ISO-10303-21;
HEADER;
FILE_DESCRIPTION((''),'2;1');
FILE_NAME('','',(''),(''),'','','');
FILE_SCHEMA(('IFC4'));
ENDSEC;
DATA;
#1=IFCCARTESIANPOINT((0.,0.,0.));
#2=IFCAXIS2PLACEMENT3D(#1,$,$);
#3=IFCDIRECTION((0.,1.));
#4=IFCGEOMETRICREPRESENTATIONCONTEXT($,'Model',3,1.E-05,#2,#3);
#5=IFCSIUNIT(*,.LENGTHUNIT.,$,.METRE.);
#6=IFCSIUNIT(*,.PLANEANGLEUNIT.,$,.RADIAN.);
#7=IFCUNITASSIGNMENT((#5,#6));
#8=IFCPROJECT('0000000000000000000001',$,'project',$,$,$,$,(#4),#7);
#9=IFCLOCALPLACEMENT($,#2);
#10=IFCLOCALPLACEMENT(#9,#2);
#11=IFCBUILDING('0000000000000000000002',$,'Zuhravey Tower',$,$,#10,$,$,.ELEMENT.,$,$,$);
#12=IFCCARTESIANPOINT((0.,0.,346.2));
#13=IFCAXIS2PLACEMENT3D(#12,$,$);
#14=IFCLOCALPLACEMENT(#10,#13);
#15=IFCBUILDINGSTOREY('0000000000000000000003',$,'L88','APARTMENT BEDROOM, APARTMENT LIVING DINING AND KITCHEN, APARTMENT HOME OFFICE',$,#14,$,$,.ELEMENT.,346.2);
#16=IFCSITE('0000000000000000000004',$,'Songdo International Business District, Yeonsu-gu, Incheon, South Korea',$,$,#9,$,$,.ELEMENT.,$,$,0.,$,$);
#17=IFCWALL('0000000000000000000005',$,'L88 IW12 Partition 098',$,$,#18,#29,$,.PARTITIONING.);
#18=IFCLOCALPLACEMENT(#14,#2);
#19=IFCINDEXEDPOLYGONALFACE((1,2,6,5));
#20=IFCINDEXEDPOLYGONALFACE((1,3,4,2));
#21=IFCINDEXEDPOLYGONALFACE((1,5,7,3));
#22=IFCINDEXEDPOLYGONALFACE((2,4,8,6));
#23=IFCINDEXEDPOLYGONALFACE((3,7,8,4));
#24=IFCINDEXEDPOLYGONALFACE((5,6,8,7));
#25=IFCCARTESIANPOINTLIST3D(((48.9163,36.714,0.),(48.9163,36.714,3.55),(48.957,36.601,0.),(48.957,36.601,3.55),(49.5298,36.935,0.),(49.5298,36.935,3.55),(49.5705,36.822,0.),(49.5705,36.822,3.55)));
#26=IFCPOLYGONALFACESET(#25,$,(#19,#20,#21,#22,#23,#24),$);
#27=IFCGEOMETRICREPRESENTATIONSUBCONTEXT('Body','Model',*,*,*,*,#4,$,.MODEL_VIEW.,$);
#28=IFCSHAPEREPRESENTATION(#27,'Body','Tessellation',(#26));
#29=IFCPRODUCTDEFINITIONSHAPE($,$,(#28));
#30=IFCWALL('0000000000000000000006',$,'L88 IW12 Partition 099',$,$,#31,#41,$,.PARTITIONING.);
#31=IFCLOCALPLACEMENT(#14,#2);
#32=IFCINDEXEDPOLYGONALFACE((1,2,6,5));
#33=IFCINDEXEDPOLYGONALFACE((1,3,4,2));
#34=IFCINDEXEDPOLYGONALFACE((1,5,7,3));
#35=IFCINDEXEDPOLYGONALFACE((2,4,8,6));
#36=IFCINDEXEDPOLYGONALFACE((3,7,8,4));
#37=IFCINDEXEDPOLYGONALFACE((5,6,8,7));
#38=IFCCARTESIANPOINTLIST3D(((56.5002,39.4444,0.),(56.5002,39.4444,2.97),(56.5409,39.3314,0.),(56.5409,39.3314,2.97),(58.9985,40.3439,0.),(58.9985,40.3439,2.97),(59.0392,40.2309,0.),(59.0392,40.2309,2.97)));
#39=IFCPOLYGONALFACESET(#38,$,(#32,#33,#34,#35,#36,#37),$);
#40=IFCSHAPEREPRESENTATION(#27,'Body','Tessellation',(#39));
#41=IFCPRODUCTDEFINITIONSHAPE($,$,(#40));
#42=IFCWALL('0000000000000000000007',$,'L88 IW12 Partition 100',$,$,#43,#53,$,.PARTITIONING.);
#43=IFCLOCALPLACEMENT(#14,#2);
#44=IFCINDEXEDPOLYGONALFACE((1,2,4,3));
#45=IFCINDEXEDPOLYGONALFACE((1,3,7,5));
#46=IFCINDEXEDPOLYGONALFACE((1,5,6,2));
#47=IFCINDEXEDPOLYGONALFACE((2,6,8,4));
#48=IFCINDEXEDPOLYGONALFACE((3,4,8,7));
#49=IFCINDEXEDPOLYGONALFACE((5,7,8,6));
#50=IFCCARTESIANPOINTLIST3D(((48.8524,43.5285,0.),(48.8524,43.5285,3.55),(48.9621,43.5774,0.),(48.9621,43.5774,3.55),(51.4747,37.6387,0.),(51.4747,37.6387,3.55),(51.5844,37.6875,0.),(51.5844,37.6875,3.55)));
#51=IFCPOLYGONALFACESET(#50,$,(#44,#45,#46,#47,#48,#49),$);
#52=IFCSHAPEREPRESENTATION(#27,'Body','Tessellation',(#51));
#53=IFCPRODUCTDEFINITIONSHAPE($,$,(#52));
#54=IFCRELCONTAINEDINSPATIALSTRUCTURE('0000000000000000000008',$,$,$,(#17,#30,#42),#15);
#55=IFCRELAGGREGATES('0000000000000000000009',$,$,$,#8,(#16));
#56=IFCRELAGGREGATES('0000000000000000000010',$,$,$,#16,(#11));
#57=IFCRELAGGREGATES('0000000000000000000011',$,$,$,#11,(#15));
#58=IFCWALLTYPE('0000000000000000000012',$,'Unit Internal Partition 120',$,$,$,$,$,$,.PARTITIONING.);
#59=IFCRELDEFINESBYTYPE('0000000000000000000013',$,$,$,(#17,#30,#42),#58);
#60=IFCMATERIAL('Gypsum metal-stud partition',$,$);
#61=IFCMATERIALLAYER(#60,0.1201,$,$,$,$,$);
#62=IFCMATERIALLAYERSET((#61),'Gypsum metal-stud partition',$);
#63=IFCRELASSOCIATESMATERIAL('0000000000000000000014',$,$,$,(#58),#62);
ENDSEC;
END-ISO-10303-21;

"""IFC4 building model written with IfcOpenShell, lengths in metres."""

from ifc_helpers import new_model, si_unit, direction, frame, frame_2d, origin, place, context, subcontext, project, spatial, rectangle, extrude, material, layer, layer_set, type_object, element, save


model = new_model("IFC4")

# Units and contexts
model_context = context("Model", 3, precision=1e-05, world=origin(), true_north=direction((0.0, 1.0)))
body_context = subcontext(model_context, "Body", "Model", "MODEL_VIEW")
ifc_project = project(units=[si_unit("LENGTHUNIT", "METRE"), si_unit("PLANEANGLEUNIT", "RADIAN")], contexts=[model_context])

# Site, building, storey
site_placement = place(None, origin())
site = spatial("IfcSite", under=ifc_project, at=site_placement, Name="Songdo International Business District, Yeonsu-gu, Incheon, South Korea", CompositionType="ELEMENT", RefElevation=0.0)
building_placement = place(site_placement, origin())
building = spatial("IfcBuilding", under=site, at=building_placement, Name="Zuhravey Tower", CompositionType="ELEMENT")
storey_placement = place(building_placement, frame((0.0, 0.0, 346.2)))
storey = spatial("IfcBuildingStorey", under=building, at=storey_placement, Name="L88", Description="APARTMENT BEDROOM, APARTMENT LIVING DINING AND KITCHEN, APARTMENT HOME OFFICE", CompositionType="ELEMENT", Elevation=346.2)

# Shared definitions
ifc_material_1 = material(Name="Gypsum metal-stud partition")
ifc_layer_1 = layer(ifc_material_1, 0.1201)
ifc_layer_set_1 = layer_set([ifc_layer_1], Name="Gypsum metal-stud partition")
wall_type_1 = type_object("IfcWallType", Name="Unit Internal Partition 120", PredefinedType="PARTITIONING", material=ifc_layer_set_1)

# Walls
wall_1_placement = place(storey_placement, frame((48.9365, 36.6575, 0.0), z_axis=(0.0, 0.0, 1.0), x_axis=(0.940849, 0.338826, 0.0)))
element("IfcWall", 1, at=wall_1_placement, inside=storey, type_object=wall_type_1, Name="L88 IW12 Partition 098", PredefinedType="PARTITIONING", context=body_context, shape_type="SweptSolid", body=[
    extrude(rectangle(XDim=0.6521, YDim=0.1201, at=frame_2d((0.3262, 0.0))), origin(), (0.0, 0.0, 1.0), 3.55),
])
wall_2_placement = place(storey_placement, frame((56.5205, 39.3879, 0.0), z_axis=(0.0, 0.0, 1.0), x_axis=(0.940884, 0.338729, 0.0)))
element("IfcWall", 2, at=wall_2_placement, inside=storey, type_object=wall_type_1, Name="L88 IW12 Partition 099", PredefinedType="PARTITIONING", context=body_context, shape_type="SweptSolid", body=[
    extrude(rectangle(XDim=2.6553, YDim=0.1201, at=frame_2d((1.3276, 0.0))), origin(), (0.0, 0.0, 1.0), 2.97),
])
wall_3_placement = place(storey_placement, frame((51.5295, 37.6631, 0.0), z_axis=(0.0, 0.0, 1.0), x_axis=(-0.406732, 0.913547, 0.0)))
element("IfcWall", 3, at=wall_3_placement, inside=storey, type_object=wall_type_1, Name="L88 IW12 Partition 100", PredefinedType="PARTITIONING", context=body_context, shape_type="SweptSolid", body=[
    extrude(rectangle(XDim=6.4473, YDim=0.1201, at=frame_2d((3.2236, 0.0))), origin(), (0.0, 0.0, 1.0), 3.55),
])

save(model, "model.ifc")
